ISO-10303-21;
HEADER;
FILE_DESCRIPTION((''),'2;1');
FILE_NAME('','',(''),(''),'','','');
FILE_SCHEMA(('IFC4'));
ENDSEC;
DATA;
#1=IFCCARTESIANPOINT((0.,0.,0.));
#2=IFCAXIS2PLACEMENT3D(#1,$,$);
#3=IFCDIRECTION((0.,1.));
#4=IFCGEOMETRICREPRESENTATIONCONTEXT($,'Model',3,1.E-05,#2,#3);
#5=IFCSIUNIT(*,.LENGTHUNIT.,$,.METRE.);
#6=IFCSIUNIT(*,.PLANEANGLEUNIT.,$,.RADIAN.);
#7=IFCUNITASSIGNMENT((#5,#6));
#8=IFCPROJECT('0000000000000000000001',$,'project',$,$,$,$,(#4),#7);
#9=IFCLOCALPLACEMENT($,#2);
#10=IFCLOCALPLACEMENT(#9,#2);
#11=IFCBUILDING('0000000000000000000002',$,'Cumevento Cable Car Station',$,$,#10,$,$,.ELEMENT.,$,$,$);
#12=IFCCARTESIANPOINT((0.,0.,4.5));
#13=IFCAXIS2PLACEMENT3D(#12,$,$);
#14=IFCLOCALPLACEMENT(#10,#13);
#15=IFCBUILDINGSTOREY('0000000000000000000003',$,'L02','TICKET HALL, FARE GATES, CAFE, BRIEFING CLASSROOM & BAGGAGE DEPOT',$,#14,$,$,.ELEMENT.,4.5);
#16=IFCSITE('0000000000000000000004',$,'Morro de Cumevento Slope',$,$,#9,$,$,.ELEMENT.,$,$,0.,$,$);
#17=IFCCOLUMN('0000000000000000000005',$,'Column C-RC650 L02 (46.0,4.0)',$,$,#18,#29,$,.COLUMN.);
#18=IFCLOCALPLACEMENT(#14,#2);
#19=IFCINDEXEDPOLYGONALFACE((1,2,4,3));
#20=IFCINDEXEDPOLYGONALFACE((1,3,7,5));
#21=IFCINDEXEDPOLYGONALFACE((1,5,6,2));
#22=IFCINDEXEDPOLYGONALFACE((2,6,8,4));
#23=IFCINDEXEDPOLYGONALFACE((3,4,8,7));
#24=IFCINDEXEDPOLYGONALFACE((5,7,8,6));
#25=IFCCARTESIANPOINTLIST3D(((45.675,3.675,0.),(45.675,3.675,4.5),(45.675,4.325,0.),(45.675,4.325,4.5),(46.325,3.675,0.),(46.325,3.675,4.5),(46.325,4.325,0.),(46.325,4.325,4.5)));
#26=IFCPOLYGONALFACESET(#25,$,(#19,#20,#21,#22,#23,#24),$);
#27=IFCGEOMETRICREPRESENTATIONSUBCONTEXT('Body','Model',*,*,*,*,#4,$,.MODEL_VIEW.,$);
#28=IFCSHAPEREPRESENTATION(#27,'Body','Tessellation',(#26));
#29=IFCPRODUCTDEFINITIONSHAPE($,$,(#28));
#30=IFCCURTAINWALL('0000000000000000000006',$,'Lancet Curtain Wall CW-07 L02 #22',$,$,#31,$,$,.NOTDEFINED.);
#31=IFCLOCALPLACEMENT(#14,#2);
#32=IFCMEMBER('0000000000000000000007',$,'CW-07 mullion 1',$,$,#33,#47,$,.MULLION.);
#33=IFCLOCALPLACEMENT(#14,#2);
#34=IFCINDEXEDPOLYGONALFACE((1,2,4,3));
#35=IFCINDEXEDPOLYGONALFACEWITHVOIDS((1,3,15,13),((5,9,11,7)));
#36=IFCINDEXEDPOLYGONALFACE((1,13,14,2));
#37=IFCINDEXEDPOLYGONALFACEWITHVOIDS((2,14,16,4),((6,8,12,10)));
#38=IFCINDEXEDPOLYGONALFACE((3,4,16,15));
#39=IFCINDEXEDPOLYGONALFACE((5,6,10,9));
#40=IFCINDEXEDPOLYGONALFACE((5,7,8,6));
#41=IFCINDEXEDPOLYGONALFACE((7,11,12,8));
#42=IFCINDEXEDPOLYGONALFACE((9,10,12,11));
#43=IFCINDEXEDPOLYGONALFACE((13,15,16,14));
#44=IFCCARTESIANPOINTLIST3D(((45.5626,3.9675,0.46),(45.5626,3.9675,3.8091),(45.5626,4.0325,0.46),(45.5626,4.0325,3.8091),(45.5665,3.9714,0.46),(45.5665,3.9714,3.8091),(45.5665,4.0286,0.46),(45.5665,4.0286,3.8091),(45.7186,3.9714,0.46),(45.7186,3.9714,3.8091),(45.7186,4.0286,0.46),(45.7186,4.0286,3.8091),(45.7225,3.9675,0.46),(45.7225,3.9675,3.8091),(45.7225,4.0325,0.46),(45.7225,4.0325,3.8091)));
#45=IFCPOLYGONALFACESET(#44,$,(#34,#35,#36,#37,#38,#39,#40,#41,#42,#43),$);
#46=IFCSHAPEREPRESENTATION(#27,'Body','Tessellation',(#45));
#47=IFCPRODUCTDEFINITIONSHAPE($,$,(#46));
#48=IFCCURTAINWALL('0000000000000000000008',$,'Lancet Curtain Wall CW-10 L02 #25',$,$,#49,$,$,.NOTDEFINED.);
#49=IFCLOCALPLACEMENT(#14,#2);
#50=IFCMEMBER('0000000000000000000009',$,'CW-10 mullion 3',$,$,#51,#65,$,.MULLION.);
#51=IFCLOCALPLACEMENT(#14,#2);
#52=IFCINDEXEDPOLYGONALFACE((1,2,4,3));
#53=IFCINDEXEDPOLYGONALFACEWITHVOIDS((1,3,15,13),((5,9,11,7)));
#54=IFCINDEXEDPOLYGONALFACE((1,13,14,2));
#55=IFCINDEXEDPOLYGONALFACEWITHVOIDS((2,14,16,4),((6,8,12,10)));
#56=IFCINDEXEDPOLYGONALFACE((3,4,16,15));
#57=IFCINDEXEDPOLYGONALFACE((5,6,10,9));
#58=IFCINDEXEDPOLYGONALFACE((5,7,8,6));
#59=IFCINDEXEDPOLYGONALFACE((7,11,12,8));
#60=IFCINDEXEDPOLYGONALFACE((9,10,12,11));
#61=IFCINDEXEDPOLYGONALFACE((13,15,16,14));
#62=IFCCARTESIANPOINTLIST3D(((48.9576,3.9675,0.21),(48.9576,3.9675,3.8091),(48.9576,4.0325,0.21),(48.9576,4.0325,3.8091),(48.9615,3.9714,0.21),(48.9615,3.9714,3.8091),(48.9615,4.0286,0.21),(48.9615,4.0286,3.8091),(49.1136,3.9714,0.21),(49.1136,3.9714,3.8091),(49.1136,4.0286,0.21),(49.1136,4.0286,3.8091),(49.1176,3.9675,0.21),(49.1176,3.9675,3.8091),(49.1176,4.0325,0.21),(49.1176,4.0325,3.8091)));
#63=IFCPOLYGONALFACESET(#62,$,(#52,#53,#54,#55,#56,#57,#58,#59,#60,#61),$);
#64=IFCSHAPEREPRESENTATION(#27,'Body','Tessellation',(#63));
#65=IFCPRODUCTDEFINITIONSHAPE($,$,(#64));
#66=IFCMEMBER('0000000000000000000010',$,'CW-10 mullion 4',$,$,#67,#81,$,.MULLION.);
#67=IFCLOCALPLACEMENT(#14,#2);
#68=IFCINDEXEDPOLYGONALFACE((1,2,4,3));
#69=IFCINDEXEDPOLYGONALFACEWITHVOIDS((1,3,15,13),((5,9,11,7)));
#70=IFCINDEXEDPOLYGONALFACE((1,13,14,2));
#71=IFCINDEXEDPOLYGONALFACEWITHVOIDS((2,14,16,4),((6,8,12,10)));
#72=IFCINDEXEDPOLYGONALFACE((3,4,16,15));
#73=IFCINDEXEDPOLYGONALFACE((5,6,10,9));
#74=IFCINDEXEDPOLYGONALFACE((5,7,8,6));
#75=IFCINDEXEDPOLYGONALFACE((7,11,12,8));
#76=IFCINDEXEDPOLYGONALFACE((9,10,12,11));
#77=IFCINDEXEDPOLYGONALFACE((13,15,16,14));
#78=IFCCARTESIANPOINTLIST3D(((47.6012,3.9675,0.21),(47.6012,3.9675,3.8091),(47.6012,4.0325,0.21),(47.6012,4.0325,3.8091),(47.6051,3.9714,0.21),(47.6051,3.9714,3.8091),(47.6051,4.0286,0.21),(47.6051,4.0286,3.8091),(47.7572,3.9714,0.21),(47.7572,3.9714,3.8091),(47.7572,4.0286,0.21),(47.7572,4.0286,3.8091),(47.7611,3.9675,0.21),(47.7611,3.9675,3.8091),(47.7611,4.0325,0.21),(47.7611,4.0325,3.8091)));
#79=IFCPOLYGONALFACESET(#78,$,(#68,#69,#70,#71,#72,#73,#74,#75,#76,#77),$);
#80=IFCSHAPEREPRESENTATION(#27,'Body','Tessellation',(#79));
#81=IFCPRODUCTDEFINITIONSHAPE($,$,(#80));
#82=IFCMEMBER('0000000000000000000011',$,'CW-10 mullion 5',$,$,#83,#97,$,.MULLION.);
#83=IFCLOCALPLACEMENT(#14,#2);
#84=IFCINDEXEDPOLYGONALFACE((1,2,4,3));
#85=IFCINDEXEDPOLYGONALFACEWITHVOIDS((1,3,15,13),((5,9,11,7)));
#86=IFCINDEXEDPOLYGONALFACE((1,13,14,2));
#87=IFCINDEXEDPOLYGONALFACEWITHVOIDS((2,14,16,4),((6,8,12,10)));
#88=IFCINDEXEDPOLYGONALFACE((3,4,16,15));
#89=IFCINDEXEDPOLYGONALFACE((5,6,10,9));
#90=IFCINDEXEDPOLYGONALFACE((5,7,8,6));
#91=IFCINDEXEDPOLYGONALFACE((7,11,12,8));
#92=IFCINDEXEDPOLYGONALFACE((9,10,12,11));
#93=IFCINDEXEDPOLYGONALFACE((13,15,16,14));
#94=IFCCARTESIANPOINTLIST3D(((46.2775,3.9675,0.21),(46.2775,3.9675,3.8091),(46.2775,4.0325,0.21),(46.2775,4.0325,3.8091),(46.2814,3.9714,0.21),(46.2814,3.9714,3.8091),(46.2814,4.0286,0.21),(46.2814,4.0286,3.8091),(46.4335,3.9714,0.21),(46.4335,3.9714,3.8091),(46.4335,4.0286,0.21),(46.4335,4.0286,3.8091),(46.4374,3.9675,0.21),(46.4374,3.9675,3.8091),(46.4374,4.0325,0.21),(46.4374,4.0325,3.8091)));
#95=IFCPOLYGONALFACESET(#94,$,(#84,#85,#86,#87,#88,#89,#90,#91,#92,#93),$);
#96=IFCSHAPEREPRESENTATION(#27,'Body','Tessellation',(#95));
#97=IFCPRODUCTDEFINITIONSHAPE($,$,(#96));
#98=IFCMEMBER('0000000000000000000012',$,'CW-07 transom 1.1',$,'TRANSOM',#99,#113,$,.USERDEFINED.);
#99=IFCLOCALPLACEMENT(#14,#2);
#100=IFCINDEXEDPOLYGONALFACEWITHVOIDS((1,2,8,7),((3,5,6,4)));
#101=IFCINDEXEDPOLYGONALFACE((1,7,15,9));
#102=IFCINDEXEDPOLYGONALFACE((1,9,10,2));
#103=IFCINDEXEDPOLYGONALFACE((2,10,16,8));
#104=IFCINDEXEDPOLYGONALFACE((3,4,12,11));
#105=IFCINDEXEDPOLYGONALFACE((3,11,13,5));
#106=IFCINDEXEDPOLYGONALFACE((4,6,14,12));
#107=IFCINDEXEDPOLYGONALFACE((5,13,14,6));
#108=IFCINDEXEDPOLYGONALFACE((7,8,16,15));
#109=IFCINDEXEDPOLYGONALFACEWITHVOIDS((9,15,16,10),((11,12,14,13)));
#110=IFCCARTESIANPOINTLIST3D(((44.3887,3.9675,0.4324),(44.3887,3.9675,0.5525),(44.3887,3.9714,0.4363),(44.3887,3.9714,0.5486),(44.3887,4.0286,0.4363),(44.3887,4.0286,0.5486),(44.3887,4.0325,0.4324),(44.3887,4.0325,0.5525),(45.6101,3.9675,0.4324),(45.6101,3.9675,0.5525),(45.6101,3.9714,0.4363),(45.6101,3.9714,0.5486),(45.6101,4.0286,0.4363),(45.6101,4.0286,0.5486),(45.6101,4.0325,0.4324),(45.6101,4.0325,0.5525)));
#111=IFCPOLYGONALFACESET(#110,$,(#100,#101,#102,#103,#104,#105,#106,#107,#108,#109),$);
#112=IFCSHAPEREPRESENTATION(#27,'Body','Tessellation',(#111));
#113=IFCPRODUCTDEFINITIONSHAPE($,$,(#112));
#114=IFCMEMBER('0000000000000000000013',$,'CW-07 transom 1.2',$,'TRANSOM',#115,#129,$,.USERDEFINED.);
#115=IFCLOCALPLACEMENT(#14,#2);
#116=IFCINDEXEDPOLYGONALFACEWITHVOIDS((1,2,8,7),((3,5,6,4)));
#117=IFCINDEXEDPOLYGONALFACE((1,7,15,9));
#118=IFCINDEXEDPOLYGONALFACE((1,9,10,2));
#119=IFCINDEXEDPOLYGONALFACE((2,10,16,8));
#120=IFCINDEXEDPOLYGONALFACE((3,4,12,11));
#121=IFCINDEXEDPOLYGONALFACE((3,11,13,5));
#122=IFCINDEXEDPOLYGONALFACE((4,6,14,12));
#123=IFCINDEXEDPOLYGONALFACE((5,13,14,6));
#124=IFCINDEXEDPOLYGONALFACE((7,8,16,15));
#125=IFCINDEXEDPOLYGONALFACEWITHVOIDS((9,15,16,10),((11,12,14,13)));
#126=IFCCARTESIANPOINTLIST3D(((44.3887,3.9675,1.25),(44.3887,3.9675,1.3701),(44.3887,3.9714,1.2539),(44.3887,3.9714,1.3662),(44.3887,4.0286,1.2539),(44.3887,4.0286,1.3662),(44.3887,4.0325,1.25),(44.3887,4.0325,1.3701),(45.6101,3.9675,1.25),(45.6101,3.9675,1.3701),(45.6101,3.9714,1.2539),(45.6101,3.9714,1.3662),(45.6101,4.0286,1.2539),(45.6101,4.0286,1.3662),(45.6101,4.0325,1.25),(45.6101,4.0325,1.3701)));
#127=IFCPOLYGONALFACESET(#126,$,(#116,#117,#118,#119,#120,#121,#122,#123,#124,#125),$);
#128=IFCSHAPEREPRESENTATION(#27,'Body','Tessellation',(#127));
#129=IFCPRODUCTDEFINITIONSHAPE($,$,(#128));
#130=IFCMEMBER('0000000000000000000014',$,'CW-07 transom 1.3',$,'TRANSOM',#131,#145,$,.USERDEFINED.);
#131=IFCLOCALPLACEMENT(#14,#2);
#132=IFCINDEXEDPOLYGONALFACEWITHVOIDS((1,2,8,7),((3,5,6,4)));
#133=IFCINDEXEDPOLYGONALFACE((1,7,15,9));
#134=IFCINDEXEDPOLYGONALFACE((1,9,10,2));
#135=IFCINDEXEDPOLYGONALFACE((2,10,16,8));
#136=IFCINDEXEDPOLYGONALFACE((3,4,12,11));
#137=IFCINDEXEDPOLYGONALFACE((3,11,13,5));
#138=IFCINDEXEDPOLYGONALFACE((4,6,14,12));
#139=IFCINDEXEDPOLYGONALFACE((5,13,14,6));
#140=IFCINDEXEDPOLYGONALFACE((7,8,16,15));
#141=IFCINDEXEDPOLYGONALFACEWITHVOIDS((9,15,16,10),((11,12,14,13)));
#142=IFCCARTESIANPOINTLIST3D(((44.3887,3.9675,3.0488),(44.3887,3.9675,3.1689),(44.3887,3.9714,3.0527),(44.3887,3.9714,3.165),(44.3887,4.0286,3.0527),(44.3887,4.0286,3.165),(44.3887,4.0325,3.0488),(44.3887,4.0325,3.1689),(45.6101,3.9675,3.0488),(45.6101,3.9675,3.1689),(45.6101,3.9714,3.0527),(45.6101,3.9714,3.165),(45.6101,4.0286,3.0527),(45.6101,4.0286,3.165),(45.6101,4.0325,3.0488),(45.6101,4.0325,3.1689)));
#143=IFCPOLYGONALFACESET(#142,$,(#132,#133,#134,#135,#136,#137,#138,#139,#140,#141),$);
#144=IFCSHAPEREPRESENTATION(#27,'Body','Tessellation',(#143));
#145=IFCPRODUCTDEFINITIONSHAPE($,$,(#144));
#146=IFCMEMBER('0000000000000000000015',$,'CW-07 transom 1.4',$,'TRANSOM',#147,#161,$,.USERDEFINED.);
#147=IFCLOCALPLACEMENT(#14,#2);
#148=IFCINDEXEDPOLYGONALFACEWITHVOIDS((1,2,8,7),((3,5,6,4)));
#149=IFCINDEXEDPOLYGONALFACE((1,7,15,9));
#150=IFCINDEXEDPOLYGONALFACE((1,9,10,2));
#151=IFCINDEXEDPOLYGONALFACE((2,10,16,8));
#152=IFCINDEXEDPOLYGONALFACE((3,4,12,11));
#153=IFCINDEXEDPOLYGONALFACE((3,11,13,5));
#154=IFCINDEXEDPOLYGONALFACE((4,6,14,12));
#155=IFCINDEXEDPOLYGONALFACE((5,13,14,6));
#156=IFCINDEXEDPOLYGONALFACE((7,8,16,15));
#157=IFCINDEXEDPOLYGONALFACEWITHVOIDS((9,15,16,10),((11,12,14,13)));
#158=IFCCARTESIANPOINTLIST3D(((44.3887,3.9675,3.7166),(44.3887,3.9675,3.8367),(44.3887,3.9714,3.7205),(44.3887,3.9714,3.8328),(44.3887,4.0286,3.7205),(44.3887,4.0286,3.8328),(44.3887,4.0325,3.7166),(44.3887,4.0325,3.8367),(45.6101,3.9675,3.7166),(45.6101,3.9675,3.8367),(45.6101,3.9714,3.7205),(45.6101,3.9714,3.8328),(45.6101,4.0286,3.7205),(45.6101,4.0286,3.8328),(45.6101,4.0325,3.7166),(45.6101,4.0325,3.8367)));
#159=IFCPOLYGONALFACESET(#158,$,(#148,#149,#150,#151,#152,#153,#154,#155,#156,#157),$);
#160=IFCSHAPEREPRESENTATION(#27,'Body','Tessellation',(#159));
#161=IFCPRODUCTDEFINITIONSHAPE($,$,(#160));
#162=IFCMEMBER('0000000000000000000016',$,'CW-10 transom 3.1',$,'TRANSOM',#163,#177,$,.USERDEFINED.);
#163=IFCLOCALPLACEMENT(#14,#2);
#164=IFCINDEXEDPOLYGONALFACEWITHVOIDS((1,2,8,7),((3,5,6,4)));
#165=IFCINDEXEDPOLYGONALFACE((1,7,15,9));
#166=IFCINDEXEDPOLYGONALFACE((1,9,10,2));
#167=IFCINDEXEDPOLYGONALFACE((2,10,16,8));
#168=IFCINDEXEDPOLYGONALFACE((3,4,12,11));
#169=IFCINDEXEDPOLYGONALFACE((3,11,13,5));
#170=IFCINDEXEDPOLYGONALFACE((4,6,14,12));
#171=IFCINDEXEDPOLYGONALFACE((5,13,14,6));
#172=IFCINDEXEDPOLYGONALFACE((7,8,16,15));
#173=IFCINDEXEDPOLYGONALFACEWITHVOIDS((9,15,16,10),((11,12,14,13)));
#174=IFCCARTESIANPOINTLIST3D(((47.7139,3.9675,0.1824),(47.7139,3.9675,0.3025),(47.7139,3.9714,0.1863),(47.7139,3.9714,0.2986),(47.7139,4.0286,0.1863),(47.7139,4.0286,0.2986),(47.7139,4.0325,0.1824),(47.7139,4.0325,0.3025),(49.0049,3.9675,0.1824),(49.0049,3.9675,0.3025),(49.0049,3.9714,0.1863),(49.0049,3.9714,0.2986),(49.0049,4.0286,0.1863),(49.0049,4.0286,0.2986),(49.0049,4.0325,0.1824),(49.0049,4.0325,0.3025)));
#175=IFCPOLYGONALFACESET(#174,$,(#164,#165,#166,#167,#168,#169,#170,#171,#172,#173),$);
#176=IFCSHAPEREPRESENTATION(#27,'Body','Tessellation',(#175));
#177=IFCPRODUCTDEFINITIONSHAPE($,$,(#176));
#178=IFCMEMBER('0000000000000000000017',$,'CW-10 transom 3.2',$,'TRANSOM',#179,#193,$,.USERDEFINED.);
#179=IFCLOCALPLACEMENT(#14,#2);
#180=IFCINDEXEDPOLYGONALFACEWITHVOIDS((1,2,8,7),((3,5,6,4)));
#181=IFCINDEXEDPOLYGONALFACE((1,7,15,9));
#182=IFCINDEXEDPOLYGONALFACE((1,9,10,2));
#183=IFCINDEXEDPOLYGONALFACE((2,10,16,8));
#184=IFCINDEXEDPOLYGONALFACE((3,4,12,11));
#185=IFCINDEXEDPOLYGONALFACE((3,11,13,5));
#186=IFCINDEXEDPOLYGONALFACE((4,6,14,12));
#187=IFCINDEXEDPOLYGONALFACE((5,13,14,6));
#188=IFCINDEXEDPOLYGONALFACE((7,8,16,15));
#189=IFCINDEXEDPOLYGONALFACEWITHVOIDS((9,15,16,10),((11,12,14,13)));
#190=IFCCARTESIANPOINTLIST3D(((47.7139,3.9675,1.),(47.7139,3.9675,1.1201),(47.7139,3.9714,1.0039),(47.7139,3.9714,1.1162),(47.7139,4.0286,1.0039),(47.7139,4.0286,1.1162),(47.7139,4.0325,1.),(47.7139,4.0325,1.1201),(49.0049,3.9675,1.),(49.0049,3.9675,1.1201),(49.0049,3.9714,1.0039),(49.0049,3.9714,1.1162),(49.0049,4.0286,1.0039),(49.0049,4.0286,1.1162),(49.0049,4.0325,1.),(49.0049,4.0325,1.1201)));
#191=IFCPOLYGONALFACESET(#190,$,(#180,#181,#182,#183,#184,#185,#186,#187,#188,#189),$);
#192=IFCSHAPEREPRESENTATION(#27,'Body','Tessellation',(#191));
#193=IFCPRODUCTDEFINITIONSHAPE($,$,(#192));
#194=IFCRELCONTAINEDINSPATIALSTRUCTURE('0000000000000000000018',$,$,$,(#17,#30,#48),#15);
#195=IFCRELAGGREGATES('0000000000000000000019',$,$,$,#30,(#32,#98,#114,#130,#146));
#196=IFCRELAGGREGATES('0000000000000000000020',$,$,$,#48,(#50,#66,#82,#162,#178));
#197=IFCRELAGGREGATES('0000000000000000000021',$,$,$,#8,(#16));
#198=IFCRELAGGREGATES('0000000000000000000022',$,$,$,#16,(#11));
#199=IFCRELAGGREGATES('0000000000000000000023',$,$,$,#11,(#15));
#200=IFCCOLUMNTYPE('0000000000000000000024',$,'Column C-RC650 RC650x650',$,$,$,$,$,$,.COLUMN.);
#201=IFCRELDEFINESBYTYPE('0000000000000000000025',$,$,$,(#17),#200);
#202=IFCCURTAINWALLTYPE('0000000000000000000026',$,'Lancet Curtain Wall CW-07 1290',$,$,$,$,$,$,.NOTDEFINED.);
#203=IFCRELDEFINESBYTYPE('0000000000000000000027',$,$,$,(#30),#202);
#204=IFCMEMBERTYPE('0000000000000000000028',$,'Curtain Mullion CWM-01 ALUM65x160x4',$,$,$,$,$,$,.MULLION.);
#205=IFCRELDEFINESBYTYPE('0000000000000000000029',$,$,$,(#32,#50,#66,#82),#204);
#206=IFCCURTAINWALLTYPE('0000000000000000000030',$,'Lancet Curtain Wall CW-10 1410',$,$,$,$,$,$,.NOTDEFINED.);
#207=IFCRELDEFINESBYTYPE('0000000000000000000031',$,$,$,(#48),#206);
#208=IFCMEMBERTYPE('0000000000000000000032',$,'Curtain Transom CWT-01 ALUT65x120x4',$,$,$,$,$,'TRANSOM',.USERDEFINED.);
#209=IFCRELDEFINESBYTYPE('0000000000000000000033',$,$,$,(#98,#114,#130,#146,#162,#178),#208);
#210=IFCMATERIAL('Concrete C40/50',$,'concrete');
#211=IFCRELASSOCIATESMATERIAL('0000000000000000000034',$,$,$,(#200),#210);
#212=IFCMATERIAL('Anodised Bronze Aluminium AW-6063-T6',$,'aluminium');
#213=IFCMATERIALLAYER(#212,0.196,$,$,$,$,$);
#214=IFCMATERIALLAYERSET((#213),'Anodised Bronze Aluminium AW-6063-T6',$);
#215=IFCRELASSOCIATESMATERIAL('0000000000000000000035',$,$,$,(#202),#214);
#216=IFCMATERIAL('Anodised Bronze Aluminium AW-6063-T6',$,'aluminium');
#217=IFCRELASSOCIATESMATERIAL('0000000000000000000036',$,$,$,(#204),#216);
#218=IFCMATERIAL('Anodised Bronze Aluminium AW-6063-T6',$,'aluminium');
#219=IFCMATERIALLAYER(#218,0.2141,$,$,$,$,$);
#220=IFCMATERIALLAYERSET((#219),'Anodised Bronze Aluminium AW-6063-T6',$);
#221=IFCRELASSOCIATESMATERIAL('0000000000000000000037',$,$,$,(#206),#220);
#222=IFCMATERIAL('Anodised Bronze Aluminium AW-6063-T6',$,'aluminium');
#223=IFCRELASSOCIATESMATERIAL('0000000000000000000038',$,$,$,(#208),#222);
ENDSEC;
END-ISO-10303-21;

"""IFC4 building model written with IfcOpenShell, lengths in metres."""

from ifc_helpers import new_model, si_unit, direction, frame, origin, origin_2d, place, context, subcontext, project, spatial, rectangle, hollow_rectangle, extrude, material, layer, layer_set, material_profile, profile_set, type_object, element, aggregate, save


model = new_model("IFC4")

# Units and contexts
model_context = context("Model", 3, precision=1e-05, world=origin(), true_north=direction((0.0, 1.0)))
body_context = subcontext(model_context, "Body", "Model", "MODEL_VIEW")
ifc_project = project(units=[si_unit("LENGTHUNIT", "METRE"), si_unit("PLANEANGLEUNIT", "RADIAN")], contexts=[model_context])

# Site, building, storey
site_placement = place(None, origin())
site = spatial("IfcSite", under=ifc_project, at=site_placement, Name="Morro de Cumevento Slope", CompositionType="ELEMENT", RefElevation=0.0)
building_placement = place(site_placement, origin())
building = spatial("IfcBuilding", under=site, at=building_placement, Name="Cumevento Cable Car Station", CompositionType="ELEMENT")
storey_placement = place(building_placement, frame((0.0, 0.0, 4.5)))
storey = spatial("IfcBuildingStorey", under=building, at=storey_placement, Name="L02", Description="TICKET HALL, FARE GATES, CAFE, BRIEFING CLASSROOM & BAGGAGE DEPOT", CompositionType="ELEMENT", Elevation=4.5)

# Column
ifc_material_1 = material(Name="Concrete C40/50", Category="concrete")
ifc_material_profile_1 = material_profile(ifc_material_1, rectangle(XDim=0.6499, YDim=0.6499, at=origin_2d()), Name="RC650x650")
ifc_profile_set_1 = profile_set([ifc_material_profile_1], Name="Concrete C40/50")
column_type = type_object("IfcColumnType", Name="Column C-RC650 RC650x650", PredefinedType="COLUMN", material=ifc_profile_set_1)
column_placement = place(storey_placement, frame((46.0, 4.0, 0.0), z_axis=(0.0, 0.0, 1.0), x_axis=(1.0, 0.0, 0.0)))
element("IfcColumn", 1, at=column_placement, inside=storey, type_object=column_type, Name="Column C-RC650 L02 (46.0,4.0)", PredefinedType="COLUMN", context=body_context, shape_type="SweptSolid", body=[
    extrude(rectangle(XDim=0.6499, YDim=0.6499, at=origin_2d()), origin(), (0.0, 0.0, 1.0), 4.5),
])

# Curtain wall, member
ifc_material_2 = material(Name="Anodised Bronze Aluminium AW-6063-T6", Category="aluminium")
ifc_layer_1 = layer(ifc_material_2, 0.196)
ifc_layer_set_1 = layer_set([ifc_layer_1], Name="Anodised Bronze Aluminium AW-6063-T6")
curtain_wall_type_1 = type_object("IfcCurtainWallType", Name="Lancet Curtain Wall CW-07 1290", PredefinedType="NOTDEFINED", material=ifc_layer_set_1)
curtain_wall_1_placement = place(storey_placement, origin())
curtain_wall_1 = element("IfcCurtainWall", 2, at=curtain_wall_1_placement, inside=storey, type_object=curtain_wall_type_1, Name="Lancet Curtain Wall CW-07 L02 #22", PredefinedType="NOTDEFINED")
ifc_material_3 = material(Name="Anodised Bronze Aluminium AW-6063-T6", Category="aluminium")
ifc_material_profile_2 = material_profile(ifc_material_3, hollow_rectangle(XDim=0.0649, YDim=0.1599, WallThickness=0.0039, at=origin_2d()), Name="ALUM65x160x4")
ifc_profile_set_2 = profile_set([ifc_material_profile_2], Name="Anodised Bronze Aluminium AW-6063-T6")
member_type_1 = type_object("IfcMemberType", Name="Curtain Mullion CWM-01 ALUM65x160x4", PredefinedType="MULLION", material=ifc_profile_set_2)
member_1_placement = place(storey_placement, frame((45.6426, 4.0, 0.46), z_axis=(0.0, 0.0, 1.0), x_axis=(0.0, -1.0, 0.0)))
member_1 = element("IfcMember", 3, at=member_1_placement, type_object=member_type_1, Name="CW-07 mullion 1", PredefinedType="MULLION", context=body_context, shape_type="SweptSolid", body=[
    extrude(hollow_rectangle(XDim=0.0649, YDim=0.1599, WallThickness=0.0039, at=origin_2d()), origin(), (0.0, 0.0, 1.0), 3.3491),
])

# Curtain wall, members
ifc_material_4 = material(Name="Anodised Bronze Aluminium AW-6063-T6", Category="aluminium")
ifc_layer_2 = layer(ifc_material_4, 0.2141)
ifc_layer_set_2 = layer_set([ifc_layer_2], Name="Anodised Bronze Aluminium AW-6063-T6")
curtain_wall_type_2 = type_object("IfcCurtainWallType", Name="Lancet Curtain Wall CW-10 1410", PredefinedType="NOTDEFINED", material=ifc_layer_set_2)
curtain_wall_2_placement = place(storey_placement, origin())
curtain_wall_2 = element("IfcCurtainWall", 4, at=curtain_wall_2_placement, inside=storey, type_object=curtain_wall_type_2, Name="Lancet Curtain Wall CW-10 L02 #25", PredefinedType="NOTDEFINED")
member_2_placement = place(storey_placement, frame((49.0376, 4.0, 0.21), z_axis=(0.0, 0.0, 1.0), x_axis=(0.0, -1.0, 0.0)))
member_2 = element("IfcMember", 5, at=member_2_placement, type_object=member_type_1, Name="CW-10 mullion 3", PredefinedType="MULLION", context=body_context, shape_type="SweptSolid", body=[
    extrude(hollow_rectangle(XDim=0.0649, YDim=0.1599, WallThickness=0.0039, at=origin_2d()), origin(), (0.0, 0.0, 1.0), 3.5991),
])
member_3_placement = place(storey_placement, frame((47.6812, 4.0, 0.21), z_axis=(0.0, 0.0, 1.0), x_axis=(0.0, -1.0, 0.0)))
member_3 = element("IfcMember", 6, at=member_3_placement, type_object=member_type_1, Name="CW-10 mullion 4", PredefinedType="MULLION", context=body_context, shape_type="SweptSolid", body=[
    extrude(hollow_rectangle(XDim=0.0649, YDim=0.1599, WallThickness=0.0039, at=origin_2d()), origin(), (0.0, 0.0, 1.0), 3.5991),
])
member_4_placement = place(storey_placement, frame((46.3574, 4.0, 0.21), z_axis=(0.0, 0.0, 1.0), x_axis=(0.0, -1.0, 0.0)))
member_4 = element("IfcMember", 7, at=member_4_placement, type_object=member_type_1, Name="CW-10 mullion 5", PredefinedType="MULLION", context=body_context, shape_type="SweptSolid", body=[
    extrude(hollow_rectangle(XDim=0.0649, YDim=0.1599, WallThickness=0.0039, at=origin_2d()), origin(), (0.0, 0.0, 1.0), 3.5991),
])

# Members
ifc_material_5 = material(Name="Anodised Bronze Aluminium AW-6063-T6", Category="aluminium")
ifc_material_profile_3 = material_profile(ifc_material_5, hollow_rectangle(XDim=0.0649, YDim=0.1201, WallThickness=0.0039, at=origin_2d()), Name="ALUT65x120x4")
ifc_profile_set_3 = profile_set([ifc_material_profile_3], Name="Anodised Bronze Aluminium AW-6063-T6")
member_type_2 = type_object("IfcMemberType", Name="Curtain Transom CWT-01 ALUT65x120x4", ElementType="TRANSOM", PredefinedType="USERDEFINED", material=ifc_profile_set_3)
member_5_placement = place(storey_placement, frame((45.6101, 4.0, 0.4924), z_axis=(-1.0, 0.0, 0.0), x_axis=(0.0, -1.0, 0.0)))
member_5 = element("IfcMember", 8, at=member_5_placement, type_object=member_type_2, Name="CW-07 transom 1.1", ObjectType="TRANSOM", PredefinedType="USERDEFINED", context=body_context, shape_type="SweptSolid", body=[
    extrude(hollow_rectangle(XDim=0.0649, YDim=0.1201, WallThickness=0.0039, at=origin_2d()), origin(), (0.0, 0.0, 1.0), 1.2214),
])
member_6_placement = place(storey_placement, frame((45.6101, 4.0, 1.3101), z_axis=(-1.0, 0.0, 0.0), x_axis=(0.0, -1.0, 0.0)))
member_6 = element("IfcMember", 9, at=member_6_placement, type_object=member_type_2, Name="CW-07 transom 1.2", ObjectType="TRANSOM", PredefinedType="USERDEFINED", context=body_context, shape_type="SweptSolid", body=[
    extrude(hollow_rectangle(XDim=0.0649, YDim=0.1201, WallThickness=0.0039, at=origin_2d()), origin(), (0.0, 0.0, 1.0), 1.2214),
])
member_7_placement = place(storey_placement, frame((45.6101, 4.0, 3.1089), z_axis=(-1.0, 0.0, 0.0), x_axis=(0.0, -1.0, 0.0)))
member_7 = element("IfcMember", 10, at=member_7_placement, type_object=member_type_2, Name="CW-07 transom 1.3", ObjectType="TRANSOM", PredefinedType="USERDEFINED", context=body_context, shape_type="SweptSolid", body=[
    extrude(hollow_rectangle(XDim=0.0649, YDim=0.1201, WallThickness=0.0039, at=origin_2d()), origin(), (0.0, 0.0, 1.0), 1.2214),
])
member_8_placement = place(storey_placement, frame((45.6101, 4.0, 3.7766), z_axis=(-1.0, 0.0, 0.0), x_axis=(0.0, -1.0, 0.0)))
member_8 = element("IfcMember", 11, at=member_8_placement, type_object=member_type_2, Name="CW-07 transom 1.4", ObjectType="TRANSOM", PredefinedType="USERDEFINED", context=body_context, shape_type="SweptSolid", body=[
    extrude(hollow_rectangle(XDim=0.0649, YDim=0.1201, WallThickness=0.0039, at=origin_2d()), origin(), (0.0, 0.0, 1.0), 1.2214),
])
aggregate(curtain_wall_1, [member_1, member_5, member_6, member_7, member_8])
member_9_placement = place(storey_placement, frame((49.0049, 4.0, 0.2424), z_axis=(-1.0, 0.0, 0.0), x_axis=(0.0, -1.0, 0.0)))
member_9 = element("IfcMember", 12, at=member_9_placement, type_object=member_type_2, Name="CW-10 transom 3.1", ObjectType="TRANSOM", PredefinedType="USERDEFINED", context=body_context, shape_type="SweptSolid", body=[
    extrude(hollow_rectangle(XDim=0.0649, YDim=0.1201, WallThickness=0.0039, at=origin_2d()), origin(), (0.0, 0.0, 1.0), 1.291),
])
member_10_placement = place(storey_placement, frame((49.0049, 4.0, 1.0601), z_axis=(-1.0, 0.0, 0.0), x_axis=(0.0, -1.0, 0.0)))
member_10 = element("IfcMember", 13, at=member_10_placement, type_object=member_type_2, Name="CW-10 transom 3.2", ObjectType="TRANSOM", PredefinedType="USERDEFINED", context=body_context, shape_type="SweptSolid", body=[
    extrude(hollow_rectangle(XDim=0.0649, YDim=0.1201, WallThickness=0.0039, at=origin_2d()), origin(), (0.0, 0.0, 1.0), 1.291),
])

aggregate(curtain_wall_2, [member_2, member_3, member_4, member_9, member_10])

save(model, "model.ifc")
